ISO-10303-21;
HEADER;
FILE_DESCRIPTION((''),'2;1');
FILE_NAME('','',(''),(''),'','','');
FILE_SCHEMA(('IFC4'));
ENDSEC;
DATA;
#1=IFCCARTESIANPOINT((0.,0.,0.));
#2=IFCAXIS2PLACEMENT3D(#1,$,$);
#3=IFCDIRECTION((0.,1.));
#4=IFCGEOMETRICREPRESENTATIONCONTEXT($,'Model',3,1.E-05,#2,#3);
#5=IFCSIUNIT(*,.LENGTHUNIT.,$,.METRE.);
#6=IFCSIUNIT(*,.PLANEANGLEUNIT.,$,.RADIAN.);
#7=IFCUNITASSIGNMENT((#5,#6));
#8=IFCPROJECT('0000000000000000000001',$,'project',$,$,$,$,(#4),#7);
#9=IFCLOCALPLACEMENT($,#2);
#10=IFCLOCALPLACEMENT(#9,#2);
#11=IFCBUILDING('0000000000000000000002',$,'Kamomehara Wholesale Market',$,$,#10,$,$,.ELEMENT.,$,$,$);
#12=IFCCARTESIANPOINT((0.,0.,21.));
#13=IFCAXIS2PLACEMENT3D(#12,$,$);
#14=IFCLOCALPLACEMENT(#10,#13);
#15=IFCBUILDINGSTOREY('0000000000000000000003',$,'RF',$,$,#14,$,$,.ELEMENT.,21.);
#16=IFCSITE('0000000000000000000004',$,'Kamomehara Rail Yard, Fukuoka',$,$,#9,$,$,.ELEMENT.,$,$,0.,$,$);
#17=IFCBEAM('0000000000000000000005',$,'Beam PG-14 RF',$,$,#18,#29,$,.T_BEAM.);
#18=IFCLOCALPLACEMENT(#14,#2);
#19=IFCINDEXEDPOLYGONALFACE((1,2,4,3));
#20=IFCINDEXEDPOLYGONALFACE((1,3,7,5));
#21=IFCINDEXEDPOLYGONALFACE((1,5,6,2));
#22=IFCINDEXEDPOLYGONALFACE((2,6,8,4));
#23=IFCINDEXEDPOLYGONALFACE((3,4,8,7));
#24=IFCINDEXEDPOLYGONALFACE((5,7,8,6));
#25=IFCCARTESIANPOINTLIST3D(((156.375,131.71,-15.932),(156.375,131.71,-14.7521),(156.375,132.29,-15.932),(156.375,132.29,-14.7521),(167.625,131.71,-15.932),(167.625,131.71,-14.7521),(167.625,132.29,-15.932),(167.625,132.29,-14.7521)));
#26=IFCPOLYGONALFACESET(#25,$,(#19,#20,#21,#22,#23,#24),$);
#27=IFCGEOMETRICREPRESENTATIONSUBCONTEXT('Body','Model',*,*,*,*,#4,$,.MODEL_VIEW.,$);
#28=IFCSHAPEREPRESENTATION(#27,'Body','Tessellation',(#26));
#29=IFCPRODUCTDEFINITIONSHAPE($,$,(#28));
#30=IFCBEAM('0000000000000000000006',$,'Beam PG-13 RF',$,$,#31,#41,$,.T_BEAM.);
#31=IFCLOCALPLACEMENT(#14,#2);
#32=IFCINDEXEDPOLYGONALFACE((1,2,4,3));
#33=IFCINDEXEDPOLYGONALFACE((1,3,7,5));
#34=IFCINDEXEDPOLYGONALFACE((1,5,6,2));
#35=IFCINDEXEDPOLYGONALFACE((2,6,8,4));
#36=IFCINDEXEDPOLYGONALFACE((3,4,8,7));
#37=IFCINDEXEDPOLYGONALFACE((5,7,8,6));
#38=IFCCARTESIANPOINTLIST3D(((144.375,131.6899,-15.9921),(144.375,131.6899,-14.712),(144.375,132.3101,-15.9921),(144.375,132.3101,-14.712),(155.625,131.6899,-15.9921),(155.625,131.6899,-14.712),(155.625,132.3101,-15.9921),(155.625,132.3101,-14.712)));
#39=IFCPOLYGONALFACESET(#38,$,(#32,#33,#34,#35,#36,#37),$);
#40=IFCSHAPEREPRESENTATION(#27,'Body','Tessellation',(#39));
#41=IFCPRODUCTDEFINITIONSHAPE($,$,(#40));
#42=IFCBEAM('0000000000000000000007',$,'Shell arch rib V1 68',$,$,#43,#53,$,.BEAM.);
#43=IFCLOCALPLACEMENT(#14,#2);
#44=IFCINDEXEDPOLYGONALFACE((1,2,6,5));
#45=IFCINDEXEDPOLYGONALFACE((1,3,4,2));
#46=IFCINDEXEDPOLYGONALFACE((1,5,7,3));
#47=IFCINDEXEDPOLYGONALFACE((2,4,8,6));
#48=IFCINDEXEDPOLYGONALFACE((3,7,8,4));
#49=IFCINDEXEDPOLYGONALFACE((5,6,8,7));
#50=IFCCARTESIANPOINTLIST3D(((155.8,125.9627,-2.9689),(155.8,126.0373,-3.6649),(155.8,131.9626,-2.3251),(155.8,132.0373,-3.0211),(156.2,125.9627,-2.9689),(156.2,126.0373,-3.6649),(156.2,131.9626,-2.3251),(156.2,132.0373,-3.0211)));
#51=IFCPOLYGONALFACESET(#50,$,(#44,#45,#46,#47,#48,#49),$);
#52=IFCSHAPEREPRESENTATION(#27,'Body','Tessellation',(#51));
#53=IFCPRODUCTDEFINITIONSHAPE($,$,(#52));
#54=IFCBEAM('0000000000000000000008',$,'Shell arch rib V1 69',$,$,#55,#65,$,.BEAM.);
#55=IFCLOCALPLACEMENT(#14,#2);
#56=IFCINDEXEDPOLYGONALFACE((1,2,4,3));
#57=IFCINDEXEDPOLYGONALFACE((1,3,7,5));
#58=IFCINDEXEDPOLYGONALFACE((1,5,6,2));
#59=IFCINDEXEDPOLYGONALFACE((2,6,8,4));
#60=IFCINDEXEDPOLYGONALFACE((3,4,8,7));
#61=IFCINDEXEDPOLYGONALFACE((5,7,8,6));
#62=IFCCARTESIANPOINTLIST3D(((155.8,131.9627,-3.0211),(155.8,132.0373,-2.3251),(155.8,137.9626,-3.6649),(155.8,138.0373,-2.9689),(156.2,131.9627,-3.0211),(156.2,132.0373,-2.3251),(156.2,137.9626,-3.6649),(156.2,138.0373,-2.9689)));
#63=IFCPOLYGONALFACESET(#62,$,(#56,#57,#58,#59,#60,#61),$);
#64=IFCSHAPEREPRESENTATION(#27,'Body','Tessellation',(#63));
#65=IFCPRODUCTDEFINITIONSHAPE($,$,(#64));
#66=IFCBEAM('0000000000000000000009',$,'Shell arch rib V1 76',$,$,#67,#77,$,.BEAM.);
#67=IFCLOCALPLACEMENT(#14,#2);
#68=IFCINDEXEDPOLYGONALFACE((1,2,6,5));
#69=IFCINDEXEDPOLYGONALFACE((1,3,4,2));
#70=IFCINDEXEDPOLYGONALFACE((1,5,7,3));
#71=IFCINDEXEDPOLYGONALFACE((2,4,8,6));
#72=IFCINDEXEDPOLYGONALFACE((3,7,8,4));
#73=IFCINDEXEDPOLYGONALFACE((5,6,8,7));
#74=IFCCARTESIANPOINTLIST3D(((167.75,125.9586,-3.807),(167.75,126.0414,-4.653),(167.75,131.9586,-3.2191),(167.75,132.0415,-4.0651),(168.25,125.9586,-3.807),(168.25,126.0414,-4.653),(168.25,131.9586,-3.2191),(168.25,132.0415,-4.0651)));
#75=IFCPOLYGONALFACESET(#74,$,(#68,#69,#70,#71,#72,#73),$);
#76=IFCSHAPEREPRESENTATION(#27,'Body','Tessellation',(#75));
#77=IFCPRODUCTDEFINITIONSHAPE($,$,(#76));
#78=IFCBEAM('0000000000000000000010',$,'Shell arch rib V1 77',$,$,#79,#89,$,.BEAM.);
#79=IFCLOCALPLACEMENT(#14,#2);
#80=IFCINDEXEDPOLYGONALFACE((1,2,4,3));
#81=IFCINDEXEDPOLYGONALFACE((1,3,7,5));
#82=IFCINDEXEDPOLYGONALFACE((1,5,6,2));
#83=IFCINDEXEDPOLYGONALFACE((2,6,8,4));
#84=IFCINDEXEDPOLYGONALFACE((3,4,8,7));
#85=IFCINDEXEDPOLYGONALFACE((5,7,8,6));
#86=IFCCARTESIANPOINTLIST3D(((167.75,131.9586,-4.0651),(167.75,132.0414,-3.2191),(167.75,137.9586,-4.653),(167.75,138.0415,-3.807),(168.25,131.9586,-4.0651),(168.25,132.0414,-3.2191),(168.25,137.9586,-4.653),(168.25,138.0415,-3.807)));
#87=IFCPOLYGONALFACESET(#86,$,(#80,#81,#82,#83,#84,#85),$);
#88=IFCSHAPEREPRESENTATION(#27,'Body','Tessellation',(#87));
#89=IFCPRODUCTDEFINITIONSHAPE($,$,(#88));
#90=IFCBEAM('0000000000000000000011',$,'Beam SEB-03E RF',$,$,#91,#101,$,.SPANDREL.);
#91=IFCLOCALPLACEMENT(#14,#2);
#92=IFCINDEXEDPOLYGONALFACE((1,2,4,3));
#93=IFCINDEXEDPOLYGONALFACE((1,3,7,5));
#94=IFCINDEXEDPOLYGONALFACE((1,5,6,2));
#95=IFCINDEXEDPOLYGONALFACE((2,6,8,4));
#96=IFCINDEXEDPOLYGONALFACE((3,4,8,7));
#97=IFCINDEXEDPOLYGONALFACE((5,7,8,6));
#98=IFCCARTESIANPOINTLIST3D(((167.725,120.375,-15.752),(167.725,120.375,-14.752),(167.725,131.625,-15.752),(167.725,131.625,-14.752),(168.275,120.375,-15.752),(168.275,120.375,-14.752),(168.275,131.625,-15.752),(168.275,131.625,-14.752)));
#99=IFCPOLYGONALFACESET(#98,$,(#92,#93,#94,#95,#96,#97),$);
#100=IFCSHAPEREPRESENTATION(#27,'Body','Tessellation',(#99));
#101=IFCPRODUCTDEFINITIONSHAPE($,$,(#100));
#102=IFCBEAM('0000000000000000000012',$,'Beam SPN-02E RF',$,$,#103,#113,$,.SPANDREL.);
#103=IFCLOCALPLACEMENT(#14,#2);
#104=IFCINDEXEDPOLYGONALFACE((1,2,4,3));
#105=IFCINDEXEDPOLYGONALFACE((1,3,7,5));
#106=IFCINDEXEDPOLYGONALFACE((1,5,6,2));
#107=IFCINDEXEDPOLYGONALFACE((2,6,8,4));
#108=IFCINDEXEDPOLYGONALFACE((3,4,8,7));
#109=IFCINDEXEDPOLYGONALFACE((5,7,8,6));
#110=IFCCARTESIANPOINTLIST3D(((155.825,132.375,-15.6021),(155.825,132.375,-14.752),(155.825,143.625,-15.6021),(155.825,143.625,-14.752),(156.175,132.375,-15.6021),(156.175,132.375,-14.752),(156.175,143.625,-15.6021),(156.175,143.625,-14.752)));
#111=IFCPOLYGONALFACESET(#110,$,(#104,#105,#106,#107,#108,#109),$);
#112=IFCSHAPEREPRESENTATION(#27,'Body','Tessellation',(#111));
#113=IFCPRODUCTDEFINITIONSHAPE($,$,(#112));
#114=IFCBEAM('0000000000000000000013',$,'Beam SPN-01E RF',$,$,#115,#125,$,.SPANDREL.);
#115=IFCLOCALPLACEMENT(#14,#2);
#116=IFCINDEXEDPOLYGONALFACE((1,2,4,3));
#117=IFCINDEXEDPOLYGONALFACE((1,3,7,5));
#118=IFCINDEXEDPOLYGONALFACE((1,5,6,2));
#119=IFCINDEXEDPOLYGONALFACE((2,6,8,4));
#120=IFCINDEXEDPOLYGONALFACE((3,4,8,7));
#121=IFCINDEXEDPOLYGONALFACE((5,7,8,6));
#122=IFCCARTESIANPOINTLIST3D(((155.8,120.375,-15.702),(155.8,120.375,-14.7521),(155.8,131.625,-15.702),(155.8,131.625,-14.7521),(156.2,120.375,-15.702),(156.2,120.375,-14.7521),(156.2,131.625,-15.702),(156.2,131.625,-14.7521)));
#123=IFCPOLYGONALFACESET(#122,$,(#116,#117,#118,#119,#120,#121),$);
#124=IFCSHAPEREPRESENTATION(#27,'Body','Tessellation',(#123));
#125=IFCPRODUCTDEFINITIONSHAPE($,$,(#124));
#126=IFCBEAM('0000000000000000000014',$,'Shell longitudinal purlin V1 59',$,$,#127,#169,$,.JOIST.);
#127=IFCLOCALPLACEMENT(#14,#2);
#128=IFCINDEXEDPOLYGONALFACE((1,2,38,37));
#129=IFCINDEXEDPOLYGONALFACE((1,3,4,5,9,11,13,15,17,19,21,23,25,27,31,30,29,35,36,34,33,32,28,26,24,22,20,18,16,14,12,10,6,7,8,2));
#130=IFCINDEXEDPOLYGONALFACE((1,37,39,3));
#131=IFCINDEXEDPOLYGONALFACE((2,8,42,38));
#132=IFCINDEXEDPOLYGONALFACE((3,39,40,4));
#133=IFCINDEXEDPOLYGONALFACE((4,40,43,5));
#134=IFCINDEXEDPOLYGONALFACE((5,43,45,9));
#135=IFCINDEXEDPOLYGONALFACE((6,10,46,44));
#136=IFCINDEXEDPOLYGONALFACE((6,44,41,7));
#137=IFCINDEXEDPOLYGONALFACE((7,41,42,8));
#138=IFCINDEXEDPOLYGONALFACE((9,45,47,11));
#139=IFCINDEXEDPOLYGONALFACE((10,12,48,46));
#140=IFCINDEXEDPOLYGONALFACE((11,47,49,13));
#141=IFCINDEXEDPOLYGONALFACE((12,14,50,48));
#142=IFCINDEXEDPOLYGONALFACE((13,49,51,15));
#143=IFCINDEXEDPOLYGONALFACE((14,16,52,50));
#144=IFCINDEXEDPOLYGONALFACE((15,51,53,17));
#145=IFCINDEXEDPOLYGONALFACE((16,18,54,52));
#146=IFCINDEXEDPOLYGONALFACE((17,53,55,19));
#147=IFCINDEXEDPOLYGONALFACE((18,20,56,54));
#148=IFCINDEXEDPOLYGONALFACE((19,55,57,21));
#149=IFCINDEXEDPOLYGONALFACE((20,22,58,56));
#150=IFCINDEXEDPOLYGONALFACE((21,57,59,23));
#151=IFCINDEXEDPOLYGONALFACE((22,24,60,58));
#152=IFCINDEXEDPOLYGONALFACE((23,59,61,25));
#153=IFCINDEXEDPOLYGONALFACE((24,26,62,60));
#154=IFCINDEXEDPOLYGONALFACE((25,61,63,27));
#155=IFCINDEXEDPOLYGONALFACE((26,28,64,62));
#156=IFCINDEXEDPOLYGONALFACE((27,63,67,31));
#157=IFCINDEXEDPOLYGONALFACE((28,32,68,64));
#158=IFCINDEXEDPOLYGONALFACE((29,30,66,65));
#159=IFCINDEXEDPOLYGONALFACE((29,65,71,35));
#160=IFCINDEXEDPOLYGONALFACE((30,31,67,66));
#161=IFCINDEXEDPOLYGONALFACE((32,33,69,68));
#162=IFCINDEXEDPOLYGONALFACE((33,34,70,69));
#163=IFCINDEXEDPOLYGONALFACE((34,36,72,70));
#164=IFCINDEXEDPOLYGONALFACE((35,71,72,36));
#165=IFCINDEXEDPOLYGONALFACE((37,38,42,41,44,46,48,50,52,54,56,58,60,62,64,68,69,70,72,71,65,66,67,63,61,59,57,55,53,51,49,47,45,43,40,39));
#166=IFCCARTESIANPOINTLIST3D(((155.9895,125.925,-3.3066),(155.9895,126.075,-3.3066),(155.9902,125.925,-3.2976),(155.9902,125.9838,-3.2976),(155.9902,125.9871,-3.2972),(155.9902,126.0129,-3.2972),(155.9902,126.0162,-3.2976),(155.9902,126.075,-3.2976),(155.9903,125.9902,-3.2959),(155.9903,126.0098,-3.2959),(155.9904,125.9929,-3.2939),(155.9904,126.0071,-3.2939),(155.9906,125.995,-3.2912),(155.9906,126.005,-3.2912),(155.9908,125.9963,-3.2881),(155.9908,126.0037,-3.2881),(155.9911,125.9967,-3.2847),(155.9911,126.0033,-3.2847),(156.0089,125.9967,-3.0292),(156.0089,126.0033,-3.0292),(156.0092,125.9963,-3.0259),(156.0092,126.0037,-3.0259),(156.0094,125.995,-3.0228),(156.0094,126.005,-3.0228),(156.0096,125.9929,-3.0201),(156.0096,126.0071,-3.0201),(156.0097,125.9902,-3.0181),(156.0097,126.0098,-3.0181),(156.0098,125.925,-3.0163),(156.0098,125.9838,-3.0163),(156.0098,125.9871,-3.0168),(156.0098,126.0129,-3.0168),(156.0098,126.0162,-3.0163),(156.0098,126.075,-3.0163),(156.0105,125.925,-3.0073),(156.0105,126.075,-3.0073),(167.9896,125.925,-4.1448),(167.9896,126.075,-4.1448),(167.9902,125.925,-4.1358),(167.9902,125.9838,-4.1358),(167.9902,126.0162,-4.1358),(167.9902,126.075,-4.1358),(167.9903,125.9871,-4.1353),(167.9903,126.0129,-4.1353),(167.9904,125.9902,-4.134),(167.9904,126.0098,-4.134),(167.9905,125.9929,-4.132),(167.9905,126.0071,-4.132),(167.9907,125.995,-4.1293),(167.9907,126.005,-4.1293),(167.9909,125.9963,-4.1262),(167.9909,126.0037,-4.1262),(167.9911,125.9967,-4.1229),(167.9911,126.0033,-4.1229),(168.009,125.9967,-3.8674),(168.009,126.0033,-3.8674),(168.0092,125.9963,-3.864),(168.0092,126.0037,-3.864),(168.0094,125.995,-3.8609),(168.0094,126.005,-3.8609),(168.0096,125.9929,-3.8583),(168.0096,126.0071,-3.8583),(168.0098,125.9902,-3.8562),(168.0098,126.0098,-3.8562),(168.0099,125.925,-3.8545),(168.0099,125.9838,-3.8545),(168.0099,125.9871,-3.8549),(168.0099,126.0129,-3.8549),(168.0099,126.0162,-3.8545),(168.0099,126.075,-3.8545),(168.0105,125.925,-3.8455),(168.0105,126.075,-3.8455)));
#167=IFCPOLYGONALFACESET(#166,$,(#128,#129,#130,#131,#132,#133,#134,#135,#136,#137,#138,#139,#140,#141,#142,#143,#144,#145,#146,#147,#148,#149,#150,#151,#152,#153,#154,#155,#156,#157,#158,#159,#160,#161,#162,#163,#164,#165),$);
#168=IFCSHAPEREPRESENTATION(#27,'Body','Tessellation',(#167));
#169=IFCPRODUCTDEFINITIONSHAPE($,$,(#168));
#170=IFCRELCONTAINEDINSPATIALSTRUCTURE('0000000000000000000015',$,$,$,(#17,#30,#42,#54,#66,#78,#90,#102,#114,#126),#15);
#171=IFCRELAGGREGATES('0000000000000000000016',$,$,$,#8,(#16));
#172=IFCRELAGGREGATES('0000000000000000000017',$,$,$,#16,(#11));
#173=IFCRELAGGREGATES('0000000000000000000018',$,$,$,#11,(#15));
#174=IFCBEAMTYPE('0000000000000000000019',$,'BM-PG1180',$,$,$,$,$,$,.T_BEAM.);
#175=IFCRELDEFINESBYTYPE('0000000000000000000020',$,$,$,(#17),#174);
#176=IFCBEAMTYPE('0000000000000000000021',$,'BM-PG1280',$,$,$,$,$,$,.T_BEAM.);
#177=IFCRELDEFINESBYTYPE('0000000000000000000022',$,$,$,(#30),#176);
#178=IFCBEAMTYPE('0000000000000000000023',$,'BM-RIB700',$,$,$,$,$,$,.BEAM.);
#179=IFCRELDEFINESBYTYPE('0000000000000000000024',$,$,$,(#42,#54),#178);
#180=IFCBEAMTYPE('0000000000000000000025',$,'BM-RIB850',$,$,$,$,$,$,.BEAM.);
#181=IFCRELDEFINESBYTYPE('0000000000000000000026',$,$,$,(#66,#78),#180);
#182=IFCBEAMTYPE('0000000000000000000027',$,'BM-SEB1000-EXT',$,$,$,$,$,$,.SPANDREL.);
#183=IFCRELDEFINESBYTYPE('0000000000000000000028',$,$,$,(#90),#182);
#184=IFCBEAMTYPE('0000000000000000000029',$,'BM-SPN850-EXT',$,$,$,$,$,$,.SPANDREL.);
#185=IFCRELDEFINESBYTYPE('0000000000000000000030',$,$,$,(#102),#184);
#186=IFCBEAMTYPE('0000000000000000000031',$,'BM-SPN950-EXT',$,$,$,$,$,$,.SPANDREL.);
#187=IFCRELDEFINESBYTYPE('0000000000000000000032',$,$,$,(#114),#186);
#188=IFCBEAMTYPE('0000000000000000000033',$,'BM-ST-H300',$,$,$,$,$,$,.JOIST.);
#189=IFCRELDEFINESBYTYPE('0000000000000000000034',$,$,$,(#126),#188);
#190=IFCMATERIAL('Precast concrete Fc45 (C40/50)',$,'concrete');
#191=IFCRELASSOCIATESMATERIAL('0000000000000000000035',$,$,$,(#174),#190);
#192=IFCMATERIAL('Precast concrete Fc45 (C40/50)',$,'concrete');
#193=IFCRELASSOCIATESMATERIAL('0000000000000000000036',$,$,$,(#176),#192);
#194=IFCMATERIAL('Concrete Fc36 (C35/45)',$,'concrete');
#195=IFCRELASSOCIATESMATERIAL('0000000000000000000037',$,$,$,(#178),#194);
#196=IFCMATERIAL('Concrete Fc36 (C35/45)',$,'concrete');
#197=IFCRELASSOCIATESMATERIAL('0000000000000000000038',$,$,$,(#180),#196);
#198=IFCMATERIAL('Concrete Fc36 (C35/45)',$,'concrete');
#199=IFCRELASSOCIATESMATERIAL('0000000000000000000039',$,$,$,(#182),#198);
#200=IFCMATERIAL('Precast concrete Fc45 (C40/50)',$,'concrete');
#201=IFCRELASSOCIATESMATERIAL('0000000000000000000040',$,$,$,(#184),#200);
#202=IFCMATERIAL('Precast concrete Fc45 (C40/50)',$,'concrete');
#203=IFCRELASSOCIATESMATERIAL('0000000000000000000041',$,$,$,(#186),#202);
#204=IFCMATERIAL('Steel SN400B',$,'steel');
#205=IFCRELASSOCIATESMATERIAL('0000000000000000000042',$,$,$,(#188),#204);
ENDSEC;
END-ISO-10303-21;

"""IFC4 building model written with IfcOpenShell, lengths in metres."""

from ifc_helpers import new_model, si_unit, direction, frame, origin, origin_2d, place, context, subcontext, project, spatial, rectangle, i_section, extrude, material, material_profile, profile_set, type_object, element, save


model = new_model("IFC4")

# Units and contexts
model_context = context("Model", 3, precision=1e-05, world=origin(), true_north=direction((0.0, 1.0)))
body_context = subcontext(model_context, "Body", "Model", "MODEL_VIEW")
ifc_project = project(units=[si_unit("LENGTHUNIT", "METRE"), si_unit("PLANEANGLEUNIT", "RADIAN")], contexts=[model_context])

# Site, building, storey
site_placement = place(None, origin())
site = spatial("IfcSite", under=ifc_project, at=site_placement, Name="Kamomehara Rail Yard, Fukuoka", CompositionType="ELEMENT", RefElevation=0.0)
building_placement = place(site_placement, origin())
building = spatial("IfcBuilding", under=site, at=building_placement, Name="Kamomehara Wholesale Market", CompositionType="ELEMENT")
storey_placement = place(building_placement, frame((0.0, 0.0, 21.0)))
storey = spatial("IfcBuildingStorey", under=building, at=storey_placement, Name="RF", CompositionType="ELEMENT", Elevation=21.0)

# Beams
ifc_material_1 = material(Name="Precast concrete Fc45 (C40/50)", Category="concrete")
ifc_material_profile_1 = material_profile(ifc_material_1, rectangle(XDim=0.5801, YDim=1.1799, at=origin_2d()), Name="PC-GRD-580x1180")
ifc_profile_set_1 = profile_set([ifc_material_profile_1], Name="Precast concrete Fc45 (C40/50)")
beam_type_1 = type_object("IfcBeamType", Name="BM-PG1180", PredefinedType="T_BEAM", material=ifc_profile_set_1)
beam_1_placement = place(storey_placement, frame((156.375, 132.0, -15.342), z_axis=(1.0, 0.0, 0.0), x_axis=(0.0, 1.0, 0.0)))
element("IfcBeam", 1, at=beam_1_placement, inside=storey, type_object=beam_type_1, Name="Beam PG-14 RF", PredefinedType="T_BEAM", context=body_context, shape_type="SweptSolid", body=[
    extrude(rectangle(XDim=0.5801, YDim=1.1799, at=origin_2d()), origin(), (0.0, 0.0, 1.0), 11.25),
])
ifc_material_2 = material(Name="Precast concrete Fc45 (C40/50)", Category="concrete")
ifc_material_profile_2 = material_profile(ifc_material_2, rectangle(XDim=0.6201, YDim=1.28, at=origin_2d()), Name="PC-GRD-620x1280")
ifc_profile_set_2 = profile_set([ifc_material_profile_2], Name="Precast concrete Fc45 (C40/50)")
beam_type_2 = type_object("IfcBeamType", Name="BM-PG1280", PredefinedType="T_BEAM", material=ifc_profile_set_2)
beam_2_placement = place(storey_placement, frame((144.375, 132.0, -15.3521), z_axis=(1.0, 0.0, 0.0), x_axis=(0.0, 1.0, 0.0)))
element("IfcBeam", 2, at=beam_2_placement, inside=storey, type_object=beam_type_2, Name="Beam PG-13 RF", PredefinedType="T_BEAM", context=body_context, shape_type="SweptSolid", body=[
    extrude(rectangle(XDim=0.6201, YDim=1.28, at=origin_2d()), origin(), (0.0, 0.0, 1.0), 11.25),
])
ifc_material_3 = material(Name="Concrete Fc36 (C35/45)", Category="concrete")
ifc_material_profile_3 = material_profile(ifc_material_3, rectangle(XDim=0.3999, YDim=0.7, at=origin_2d()), Name="RC-RIB-400x700")
ifc_profile_set_3 = profile_set([ifc_material_profile_3], Name="Concrete Fc36 (C35/45)")
beam_type_3 = type_object("IfcBeamType", Name="BM-RIB700", PredefinedType="BEAM", material=ifc_profile_set_3)
for number, where, z_axis, x_axis, name in (
    (3, (156.0, 126.0, -3.3169), (0.0, 0.994293, 0.106687), (-1.0, 0.0, 0.0), "Shell arch rib V1 68"),
    (4, (156.0, 132.0, -2.6731), (0.0, 0.994293, -0.106687), (-1.0, 0.0, 0.0), "Shell arch rib V1 69"),
):
    element("IfcBeam", number, at=place(storey_placement, frame(where, z_axis=z_axis, x_axis=x_axis)), inside=storey, type_object=beam_type_3, Name=name, PredefinedType="BEAM", context=body_context, shape_type="SweptSolid", body=[
        extrude(rectangle(XDim=0.3999, YDim=0.7, at=origin_2d()), origin(), (0.0, 0.0, 1.0), 6.0344),
    ])
ifc_material_4 = material(Name="Concrete Fc36 (C35/45)", Category="concrete")
ifc_material_profile_4 = material_profile(ifc_material_4, rectangle(XDim=0.5, YDim=0.8501, at=origin_2d()), Name="RC-RIB-500x850")
ifc_profile_set_4 = profile_set([ifc_material_profile_4], Name="Concrete Fc36 (C35/45)")
beam_type_4 = type_object("IfcBeamType", Name="BM-RIB850", PredefinedType="BEAM", material=ifc_profile_set_4)
for number, where, z_axis, x_axis, name in (
    (5, (168.0, 126.0, -4.23), (0.0, 0.995234, 0.097515), (-1.0, 0.0, 0.0), "Shell arch rib V1 76"),
    (6, (168.0, 132.0, -3.6421), (0.0, 0.995234, -0.097515), (-1.0, 0.0, 0.0), "Shell arch rib V1 77"),
):
    element("IfcBeam", number, at=place(storey_placement, frame(where, z_axis=z_axis, x_axis=x_axis)), inside=storey, type_object=beam_type_4, Name=name, PredefinedType="BEAM", context=body_context, shape_type="SweptSolid", body=[
        extrude(rectangle(XDim=0.5, YDim=0.8501, at=origin_2d()), origin(), (0.0, 0.0, 1.0), 6.0288),
    ])
ifc_material_5 = material(Name="Concrete Fc36 (C35/45)", Category="concrete")
ifc_material_profile_5 = material_profile(ifc_material_5, rectangle(XDim=0.55, YDim=1.0, at=origin_2d()), Name="RC-SEB-550x1000")
ifc_profile_set_5 = profile_set([ifc_material_profile_5], Name="Concrete Fc36 (C35/45)")
beam_type_5 = type_object("IfcBeamType", Name="BM-SEB1000-EXT", PredefinedType="SPANDREL", material=ifc_profile_set_5)
beam_3_placement = place(storey_placement, frame((168.0, 120.375, -15.252), z_axis=(0.0, 1.0, 0.0), x_axis=(-1.0, 0.0, 0.0)))
element("IfcBeam", 7, at=beam_3_placement, inside=storey, type_object=beam_type_5, Name="Beam SEB-03E RF", PredefinedType="SPANDREL", context=body_context, shape_type="SweptSolid", body=[
    extrude(rectangle(XDim=0.55, YDim=1.0, at=origin_2d()), origin(), (0.0, 0.0, 1.0), 11.25),
])
ifc_material_6 = material(Name="Precast concrete Fc45 (C40/50)", Category="concrete")
ifc_material_profile_6 = material_profile(ifc_material_6, rectangle(XDim=0.3501, YDim=0.8501, at=origin_2d()), Name="PC-SPN-350x850")
ifc_profile_set_6 = profile_set([ifc_material_profile_6], Name="Precast concrete Fc45 (C40/50)")
beam_type_6 = type_object("IfcBeamType", Name="BM-SPN850-EXT", PredefinedType="SPANDREL", material=ifc_profile_set_6)
beam_4_placement = place(storey_placement, frame((156.0, 132.375, -15.177), z_axis=(0.0, 1.0, 0.0), x_axis=(-1.0, 0.0, 0.0)))
element("IfcBeam", 8, at=beam_4_placement, inside=storey, type_object=beam_type_6, Name="Beam SPN-02E RF", PredefinedType="SPANDREL", context=body_context, shape_type="SweptSolid", body=[
    extrude(rectangle(XDim=0.3501, YDim=0.8501, at=origin_2d()), origin(), (0.0, 0.0, 1.0), 11.25),
])
ifc_material_7 = material(Name="Precast concrete Fc45 (C40/50)", Category="concrete")
ifc_material_profile_7 = material_profile(ifc_material_7, rectangle(XDim=0.3999, YDim=0.95, at=origin_2d()), Name="PC-SPN-400x950")
ifc_profile_set_7 = profile_set([ifc_material_profile_7], Name="Precast concrete Fc45 (C40/50)")
beam_type_7 = type_object("IfcBeamType", Name="BM-SPN950-EXT", PredefinedType="SPANDREL", material=ifc_profile_set_7)
beam_5_placement = place(storey_placement, frame((156.0, 120.375, -15.2271), z_axis=(0.0, 1.0, 0.0), x_axis=(-1.0, 0.0, 0.0)))
element("IfcBeam", 9, at=beam_5_placement, inside=storey, type_object=beam_type_7, Name="Beam SPN-01E RF", PredefinedType="SPANDREL", context=body_context, shape_type="SweptSolid", body=[
    extrude(rectangle(XDim=0.3999, YDim=0.95, at=origin_2d()), origin(), (0.0, 0.0, 1.0), 11.25),
])
ifc_material_8 = material(Name="Steel SN400B", Category="steel")
ifc_material_profile_8 = material_profile(ifc_material_8, i_section(OverallWidth=0.1499, OverallDepth=0.3, WebThickness=0.0066, FlangeThickness=0.009, FilletRadius=0.0129, at=origin_2d()), Name="H-300x150x6.5x9")
ifc_profile_set_8 = profile_set([ifc_material_profile_8], Name="Steel SN400B")
beam_type_8 = type_object("IfcBeamType", Name="BM-ST-H300", PredefinedType="JOIST", material=ifc_profile_set_8)
beam_6_placement = place(storey_placement, frame((156.0, 126.0, -3.157), z_axis=(0.99757, 0.0, -0.069675), x_axis=(0.0, 1.0, 0.0)))
element("IfcBeam", 10, at=beam_6_placement, inside=storey, type_object=beam_type_8, Name="Shell longitudinal purlin V1 59", PredefinedType="JOIST", context=body_context, shape_type="SweptSolid", body=[
    extrude(i_section(OverallWidth=0.1499, OverallDepth=0.3, WebThickness=0.0066, FlangeThickness=0.009, FilletRadius=0.0129, at=origin_2d()), origin(), (0.0, 0.0, 1.0), 12.0293),
])

save(model, "model.ifc")
